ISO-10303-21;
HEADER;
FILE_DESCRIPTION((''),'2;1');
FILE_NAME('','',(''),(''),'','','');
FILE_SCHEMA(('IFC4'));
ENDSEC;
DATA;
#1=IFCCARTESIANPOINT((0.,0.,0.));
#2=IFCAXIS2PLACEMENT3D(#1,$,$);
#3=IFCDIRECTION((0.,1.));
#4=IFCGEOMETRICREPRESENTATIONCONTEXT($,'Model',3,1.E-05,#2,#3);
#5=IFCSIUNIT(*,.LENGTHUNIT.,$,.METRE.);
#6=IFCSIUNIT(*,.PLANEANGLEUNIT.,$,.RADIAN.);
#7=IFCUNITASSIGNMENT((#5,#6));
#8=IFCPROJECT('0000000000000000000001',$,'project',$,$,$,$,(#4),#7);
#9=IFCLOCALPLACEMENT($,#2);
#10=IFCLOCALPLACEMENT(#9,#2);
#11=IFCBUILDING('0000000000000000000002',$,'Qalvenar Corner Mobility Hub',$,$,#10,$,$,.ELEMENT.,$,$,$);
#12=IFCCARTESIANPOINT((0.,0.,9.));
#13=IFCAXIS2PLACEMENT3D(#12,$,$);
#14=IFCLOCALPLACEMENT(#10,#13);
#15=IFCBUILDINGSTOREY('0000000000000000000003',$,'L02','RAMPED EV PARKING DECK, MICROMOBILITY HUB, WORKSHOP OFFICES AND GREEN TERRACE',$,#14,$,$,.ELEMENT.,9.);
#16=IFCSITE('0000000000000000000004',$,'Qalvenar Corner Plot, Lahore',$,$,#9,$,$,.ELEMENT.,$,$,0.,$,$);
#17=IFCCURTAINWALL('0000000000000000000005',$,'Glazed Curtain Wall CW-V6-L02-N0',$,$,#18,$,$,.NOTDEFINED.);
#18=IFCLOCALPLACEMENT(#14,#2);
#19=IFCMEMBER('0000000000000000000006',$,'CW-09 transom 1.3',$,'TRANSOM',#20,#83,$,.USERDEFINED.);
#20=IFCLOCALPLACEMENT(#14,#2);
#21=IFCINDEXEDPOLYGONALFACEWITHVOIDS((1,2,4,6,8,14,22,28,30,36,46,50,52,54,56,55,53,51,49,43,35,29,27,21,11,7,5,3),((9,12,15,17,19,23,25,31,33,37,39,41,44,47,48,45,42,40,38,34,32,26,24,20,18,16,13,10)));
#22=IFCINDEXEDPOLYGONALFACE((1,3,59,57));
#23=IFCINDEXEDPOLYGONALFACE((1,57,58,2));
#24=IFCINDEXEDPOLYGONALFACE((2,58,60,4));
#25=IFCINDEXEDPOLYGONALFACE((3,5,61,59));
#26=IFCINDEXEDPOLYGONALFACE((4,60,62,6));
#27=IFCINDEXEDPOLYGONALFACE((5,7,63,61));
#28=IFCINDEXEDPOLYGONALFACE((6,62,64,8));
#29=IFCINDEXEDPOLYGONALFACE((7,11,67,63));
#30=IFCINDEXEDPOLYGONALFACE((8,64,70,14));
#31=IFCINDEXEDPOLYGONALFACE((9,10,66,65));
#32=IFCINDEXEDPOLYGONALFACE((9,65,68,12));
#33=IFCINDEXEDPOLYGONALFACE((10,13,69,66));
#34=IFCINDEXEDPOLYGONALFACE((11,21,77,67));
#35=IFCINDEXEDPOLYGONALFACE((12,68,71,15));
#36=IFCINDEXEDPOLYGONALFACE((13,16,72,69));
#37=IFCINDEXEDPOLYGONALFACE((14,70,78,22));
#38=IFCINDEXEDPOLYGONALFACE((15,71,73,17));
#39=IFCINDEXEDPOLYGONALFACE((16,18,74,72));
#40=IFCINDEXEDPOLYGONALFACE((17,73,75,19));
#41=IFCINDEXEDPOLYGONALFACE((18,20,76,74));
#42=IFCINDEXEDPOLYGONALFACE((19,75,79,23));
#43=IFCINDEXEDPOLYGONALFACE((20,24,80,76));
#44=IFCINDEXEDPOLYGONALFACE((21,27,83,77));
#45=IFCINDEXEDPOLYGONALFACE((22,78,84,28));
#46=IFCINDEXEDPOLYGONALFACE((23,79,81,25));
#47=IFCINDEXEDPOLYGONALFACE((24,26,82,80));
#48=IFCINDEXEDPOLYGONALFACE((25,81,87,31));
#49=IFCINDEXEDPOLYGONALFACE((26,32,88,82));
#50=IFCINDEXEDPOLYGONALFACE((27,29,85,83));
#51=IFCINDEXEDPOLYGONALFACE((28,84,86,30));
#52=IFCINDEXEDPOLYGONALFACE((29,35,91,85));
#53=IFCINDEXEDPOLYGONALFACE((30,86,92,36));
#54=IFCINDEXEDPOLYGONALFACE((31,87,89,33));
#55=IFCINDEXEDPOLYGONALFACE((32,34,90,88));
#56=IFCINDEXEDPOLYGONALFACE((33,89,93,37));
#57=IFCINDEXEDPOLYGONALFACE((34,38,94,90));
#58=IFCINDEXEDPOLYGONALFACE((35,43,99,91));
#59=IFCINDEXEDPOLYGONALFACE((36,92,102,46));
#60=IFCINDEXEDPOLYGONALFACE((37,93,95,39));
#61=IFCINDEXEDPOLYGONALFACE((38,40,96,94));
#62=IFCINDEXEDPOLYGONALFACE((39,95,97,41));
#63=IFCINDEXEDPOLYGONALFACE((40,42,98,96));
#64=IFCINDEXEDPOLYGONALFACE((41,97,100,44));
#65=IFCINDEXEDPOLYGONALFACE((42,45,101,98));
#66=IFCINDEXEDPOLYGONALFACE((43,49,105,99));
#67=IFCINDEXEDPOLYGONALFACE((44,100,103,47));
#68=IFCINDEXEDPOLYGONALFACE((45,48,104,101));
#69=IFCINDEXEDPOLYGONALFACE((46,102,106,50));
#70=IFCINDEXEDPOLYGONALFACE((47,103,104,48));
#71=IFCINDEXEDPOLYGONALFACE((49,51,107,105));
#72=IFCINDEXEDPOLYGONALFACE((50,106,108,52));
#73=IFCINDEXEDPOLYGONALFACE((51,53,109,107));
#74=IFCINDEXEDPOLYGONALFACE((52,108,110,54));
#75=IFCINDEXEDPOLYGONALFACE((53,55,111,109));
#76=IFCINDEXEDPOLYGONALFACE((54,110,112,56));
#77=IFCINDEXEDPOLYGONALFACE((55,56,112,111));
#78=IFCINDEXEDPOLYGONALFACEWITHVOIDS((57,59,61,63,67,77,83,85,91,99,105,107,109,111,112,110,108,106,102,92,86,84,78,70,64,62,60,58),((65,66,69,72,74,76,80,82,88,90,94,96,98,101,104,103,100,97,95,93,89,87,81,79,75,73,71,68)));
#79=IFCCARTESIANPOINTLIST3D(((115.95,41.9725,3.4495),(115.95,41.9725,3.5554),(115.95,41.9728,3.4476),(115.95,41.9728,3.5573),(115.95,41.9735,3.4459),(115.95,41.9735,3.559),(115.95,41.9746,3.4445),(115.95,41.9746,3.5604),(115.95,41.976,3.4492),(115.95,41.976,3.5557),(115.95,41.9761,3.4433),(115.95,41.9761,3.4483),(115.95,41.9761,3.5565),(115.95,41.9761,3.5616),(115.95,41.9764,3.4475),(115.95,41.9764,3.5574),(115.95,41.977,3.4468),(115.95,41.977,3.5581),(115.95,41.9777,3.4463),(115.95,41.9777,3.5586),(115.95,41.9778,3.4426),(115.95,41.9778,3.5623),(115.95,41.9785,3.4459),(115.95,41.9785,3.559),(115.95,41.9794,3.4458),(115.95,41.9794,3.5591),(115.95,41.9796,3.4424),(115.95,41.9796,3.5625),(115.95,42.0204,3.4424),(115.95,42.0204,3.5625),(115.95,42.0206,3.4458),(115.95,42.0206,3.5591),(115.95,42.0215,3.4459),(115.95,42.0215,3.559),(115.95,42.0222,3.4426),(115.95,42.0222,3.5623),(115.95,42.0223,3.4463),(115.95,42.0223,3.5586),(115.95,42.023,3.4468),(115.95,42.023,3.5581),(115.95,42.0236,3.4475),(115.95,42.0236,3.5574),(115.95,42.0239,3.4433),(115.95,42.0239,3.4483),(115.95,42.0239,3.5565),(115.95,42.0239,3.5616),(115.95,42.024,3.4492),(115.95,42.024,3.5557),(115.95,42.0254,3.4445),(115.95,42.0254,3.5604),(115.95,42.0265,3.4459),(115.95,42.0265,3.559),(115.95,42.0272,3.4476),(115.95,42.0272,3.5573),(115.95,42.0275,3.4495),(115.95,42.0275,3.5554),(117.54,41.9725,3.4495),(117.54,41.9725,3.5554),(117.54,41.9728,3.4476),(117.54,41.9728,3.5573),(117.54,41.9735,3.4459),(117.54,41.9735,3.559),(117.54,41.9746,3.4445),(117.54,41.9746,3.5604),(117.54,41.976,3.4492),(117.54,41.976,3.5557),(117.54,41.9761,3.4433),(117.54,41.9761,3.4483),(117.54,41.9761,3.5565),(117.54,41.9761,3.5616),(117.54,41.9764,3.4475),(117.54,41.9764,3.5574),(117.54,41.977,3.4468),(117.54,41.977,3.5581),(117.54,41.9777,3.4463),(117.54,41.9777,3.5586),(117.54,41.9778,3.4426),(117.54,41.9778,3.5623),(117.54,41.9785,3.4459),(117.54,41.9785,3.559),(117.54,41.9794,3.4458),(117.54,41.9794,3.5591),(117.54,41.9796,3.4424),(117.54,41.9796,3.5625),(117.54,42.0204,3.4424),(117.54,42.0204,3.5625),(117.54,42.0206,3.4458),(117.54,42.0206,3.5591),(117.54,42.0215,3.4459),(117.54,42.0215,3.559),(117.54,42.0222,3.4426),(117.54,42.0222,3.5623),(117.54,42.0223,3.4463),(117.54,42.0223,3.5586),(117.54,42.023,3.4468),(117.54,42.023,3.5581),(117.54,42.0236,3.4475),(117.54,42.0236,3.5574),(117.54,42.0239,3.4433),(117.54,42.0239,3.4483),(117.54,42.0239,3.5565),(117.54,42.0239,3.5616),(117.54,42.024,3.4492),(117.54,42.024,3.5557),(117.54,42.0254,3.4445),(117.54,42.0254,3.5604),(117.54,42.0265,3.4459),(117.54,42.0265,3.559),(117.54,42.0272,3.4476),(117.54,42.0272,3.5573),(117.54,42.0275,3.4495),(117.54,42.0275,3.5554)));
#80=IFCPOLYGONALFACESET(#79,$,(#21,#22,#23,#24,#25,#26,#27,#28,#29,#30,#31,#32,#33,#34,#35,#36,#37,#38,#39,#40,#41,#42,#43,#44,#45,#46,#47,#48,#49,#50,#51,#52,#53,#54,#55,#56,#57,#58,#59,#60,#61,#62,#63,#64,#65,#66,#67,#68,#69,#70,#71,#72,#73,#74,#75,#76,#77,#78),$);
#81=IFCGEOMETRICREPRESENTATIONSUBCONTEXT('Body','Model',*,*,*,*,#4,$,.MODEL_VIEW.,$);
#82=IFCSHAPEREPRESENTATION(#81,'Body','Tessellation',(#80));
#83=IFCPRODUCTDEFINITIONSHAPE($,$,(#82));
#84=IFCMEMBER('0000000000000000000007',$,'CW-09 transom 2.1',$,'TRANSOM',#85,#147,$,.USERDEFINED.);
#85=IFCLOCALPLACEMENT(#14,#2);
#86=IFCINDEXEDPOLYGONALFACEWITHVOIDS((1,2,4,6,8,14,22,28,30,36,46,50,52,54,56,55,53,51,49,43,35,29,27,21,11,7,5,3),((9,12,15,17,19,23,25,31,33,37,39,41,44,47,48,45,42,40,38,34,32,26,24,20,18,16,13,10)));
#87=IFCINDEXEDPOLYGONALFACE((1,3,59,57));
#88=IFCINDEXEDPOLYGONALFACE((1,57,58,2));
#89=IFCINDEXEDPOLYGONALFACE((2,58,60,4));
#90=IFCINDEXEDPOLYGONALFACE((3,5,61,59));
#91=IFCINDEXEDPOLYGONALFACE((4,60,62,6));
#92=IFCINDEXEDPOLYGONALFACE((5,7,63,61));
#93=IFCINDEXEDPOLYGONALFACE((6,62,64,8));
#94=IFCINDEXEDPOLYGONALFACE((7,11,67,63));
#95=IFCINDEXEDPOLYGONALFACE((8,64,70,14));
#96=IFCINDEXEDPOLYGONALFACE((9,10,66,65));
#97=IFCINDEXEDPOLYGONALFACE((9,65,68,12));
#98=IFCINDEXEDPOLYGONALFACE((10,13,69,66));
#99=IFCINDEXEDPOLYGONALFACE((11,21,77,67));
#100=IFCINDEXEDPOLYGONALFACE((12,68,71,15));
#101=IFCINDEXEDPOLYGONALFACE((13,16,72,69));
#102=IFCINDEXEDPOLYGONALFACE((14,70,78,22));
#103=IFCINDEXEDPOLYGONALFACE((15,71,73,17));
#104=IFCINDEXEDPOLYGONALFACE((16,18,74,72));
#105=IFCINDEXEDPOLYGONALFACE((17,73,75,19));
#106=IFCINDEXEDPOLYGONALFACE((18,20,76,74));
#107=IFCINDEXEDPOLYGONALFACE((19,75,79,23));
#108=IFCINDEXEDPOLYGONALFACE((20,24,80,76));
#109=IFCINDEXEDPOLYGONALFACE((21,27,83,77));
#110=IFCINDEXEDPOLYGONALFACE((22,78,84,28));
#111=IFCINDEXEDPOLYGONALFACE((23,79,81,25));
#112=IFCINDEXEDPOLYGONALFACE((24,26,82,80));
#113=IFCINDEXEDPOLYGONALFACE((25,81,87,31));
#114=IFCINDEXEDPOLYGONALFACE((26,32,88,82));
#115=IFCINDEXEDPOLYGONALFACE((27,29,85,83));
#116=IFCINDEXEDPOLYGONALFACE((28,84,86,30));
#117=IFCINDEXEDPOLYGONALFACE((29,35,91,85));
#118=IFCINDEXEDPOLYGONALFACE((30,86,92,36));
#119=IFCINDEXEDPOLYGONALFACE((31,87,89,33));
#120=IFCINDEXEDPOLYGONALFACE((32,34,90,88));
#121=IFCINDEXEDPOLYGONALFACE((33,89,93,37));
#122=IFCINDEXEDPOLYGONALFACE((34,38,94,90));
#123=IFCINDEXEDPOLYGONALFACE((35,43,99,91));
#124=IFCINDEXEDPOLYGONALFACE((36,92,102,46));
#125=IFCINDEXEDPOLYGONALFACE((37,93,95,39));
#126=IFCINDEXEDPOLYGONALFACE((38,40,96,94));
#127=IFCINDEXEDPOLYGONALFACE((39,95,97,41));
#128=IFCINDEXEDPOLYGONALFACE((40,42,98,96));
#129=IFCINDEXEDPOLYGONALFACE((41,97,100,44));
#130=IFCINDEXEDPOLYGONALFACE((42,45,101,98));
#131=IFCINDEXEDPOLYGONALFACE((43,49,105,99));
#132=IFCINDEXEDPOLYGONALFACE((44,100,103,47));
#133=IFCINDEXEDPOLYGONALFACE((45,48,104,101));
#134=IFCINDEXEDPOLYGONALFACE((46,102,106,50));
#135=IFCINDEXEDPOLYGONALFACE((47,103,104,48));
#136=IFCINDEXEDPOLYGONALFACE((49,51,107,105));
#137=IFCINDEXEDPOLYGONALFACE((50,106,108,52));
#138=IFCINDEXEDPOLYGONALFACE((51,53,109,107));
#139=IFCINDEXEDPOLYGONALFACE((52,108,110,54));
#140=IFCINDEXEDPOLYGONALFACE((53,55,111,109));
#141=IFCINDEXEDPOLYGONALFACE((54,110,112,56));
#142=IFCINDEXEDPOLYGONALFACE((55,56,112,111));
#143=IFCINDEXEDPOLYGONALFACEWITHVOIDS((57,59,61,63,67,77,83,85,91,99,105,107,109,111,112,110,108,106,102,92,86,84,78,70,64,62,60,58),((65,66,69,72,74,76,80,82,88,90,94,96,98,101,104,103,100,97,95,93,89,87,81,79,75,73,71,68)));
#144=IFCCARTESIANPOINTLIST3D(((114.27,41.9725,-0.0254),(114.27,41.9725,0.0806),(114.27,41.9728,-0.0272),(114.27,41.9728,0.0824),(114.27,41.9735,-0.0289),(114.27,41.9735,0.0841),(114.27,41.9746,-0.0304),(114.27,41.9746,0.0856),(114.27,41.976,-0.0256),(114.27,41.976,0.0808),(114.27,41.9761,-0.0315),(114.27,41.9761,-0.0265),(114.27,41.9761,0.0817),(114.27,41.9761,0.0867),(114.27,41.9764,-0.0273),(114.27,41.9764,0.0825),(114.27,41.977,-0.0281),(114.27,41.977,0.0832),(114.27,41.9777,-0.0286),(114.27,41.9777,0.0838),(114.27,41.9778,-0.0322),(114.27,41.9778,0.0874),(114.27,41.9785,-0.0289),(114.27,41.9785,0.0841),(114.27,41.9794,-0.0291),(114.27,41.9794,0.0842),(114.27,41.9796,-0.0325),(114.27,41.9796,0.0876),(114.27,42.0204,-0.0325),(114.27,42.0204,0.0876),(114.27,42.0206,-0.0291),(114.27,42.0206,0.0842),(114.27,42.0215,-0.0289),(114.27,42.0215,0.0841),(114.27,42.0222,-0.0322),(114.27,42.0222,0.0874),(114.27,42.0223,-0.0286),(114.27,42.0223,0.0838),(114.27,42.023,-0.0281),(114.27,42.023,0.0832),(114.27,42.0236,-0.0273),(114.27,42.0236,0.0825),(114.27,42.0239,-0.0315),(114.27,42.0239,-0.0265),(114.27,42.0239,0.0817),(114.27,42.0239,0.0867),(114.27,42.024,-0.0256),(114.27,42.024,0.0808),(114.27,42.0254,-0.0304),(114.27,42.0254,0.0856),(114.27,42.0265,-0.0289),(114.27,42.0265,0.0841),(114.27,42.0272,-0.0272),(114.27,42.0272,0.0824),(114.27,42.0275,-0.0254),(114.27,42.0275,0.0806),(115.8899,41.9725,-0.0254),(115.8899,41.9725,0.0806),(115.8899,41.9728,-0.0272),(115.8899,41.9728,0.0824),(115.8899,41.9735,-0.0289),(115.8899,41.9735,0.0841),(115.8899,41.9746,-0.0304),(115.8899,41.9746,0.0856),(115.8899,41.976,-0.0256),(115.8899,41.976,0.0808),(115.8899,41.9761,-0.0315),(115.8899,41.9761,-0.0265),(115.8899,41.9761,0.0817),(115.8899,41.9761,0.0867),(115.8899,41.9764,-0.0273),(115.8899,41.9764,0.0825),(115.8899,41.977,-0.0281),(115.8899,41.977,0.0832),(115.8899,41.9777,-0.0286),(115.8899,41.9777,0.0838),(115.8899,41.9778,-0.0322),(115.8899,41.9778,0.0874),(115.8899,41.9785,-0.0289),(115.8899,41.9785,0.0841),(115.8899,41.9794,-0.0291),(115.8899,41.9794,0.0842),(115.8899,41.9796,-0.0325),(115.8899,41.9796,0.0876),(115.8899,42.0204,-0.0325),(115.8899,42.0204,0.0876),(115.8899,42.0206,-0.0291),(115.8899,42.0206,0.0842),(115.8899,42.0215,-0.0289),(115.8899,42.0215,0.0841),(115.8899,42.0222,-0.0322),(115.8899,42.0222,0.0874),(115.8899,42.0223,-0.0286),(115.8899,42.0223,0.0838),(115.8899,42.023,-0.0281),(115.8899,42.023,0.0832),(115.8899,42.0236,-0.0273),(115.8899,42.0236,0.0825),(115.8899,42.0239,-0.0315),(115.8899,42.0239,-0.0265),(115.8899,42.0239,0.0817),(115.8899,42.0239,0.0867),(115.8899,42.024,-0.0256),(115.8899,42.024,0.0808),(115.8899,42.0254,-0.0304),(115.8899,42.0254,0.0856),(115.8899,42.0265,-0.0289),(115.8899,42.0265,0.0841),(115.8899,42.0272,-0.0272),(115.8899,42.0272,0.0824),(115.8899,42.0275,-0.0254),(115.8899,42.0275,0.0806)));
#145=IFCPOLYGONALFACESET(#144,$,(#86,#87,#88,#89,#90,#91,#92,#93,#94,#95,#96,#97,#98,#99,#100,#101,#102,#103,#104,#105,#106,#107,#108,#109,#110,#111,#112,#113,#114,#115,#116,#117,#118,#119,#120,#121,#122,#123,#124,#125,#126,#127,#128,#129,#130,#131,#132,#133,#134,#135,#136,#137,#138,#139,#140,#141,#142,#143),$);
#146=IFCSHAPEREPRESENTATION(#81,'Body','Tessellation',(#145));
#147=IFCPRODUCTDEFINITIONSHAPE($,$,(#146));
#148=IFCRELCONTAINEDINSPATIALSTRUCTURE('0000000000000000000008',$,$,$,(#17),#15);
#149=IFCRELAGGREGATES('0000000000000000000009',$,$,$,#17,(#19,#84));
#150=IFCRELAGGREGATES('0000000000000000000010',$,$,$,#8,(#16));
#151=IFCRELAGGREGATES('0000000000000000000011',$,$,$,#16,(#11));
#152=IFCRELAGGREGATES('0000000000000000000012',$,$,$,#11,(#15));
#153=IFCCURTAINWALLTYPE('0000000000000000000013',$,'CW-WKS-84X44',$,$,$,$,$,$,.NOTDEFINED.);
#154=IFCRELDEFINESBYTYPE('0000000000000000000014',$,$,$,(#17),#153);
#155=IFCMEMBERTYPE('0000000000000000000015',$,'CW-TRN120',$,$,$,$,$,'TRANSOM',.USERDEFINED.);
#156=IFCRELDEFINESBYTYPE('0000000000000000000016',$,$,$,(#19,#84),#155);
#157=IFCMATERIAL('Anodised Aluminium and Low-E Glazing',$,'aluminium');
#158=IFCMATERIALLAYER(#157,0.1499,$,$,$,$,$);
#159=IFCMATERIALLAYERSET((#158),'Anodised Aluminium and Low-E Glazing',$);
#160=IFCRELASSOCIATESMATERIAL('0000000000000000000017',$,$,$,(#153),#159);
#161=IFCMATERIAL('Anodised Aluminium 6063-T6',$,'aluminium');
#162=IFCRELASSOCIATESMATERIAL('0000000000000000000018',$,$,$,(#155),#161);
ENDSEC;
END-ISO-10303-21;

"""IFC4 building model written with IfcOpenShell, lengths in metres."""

from ifc_helpers import new_model, si_unit, direction, frame, origin, origin_2d, place, context, subcontext, project, spatial, hollow_rectangle, extrude, material, layer, layer_set, material_profile, profile_set, type_object, element, aggregate, save


model = new_model("IFC4")

# Units and contexts
model_context = context("Model", 3, precision=1e-05, world=origin(), true_north=direction((0.0, 1.0)))
body_context = subcontext(model_context, "Body", "Model", "MODEL_VIEW")
ifc_project = project(units=[si_unit("LENGTHUNIT", "METRE"), si_unit("PLANEANGLEUNIT", "RADIAN")], contexts=[model_context])

# Site, building, storey
site_placement = place(None, origin())
site = spatial("IfcSite", under=ifc_project, at=site_placement, Name="Qalvenar Corner Plot, Lahore", CompositionType="ELEMENT", RefElevation=0.0)
building_placement = place(site_placement, origin())
building = spatial("IfcBuilding", under=site, at=building_placement, Name="Qalvenar Corner Mobility Hub", CompositionType="ELEMENT")
storey_placement = place(building_placement, frame((0.0, 0.0, 9.0)))
storey = spatial("IfcBuildingStorey", under=building, at=storey_placement, Name="L02", Description="RAMPED EV PARKING DECK, MICROMOBILITY HUB, WORKSHOP OFFICES AND GREEN TERRACE", CompositionType="ELEMENT", Elevation=9.0)

# Curtain wall
ifc_material_1 = material(Name="Anodised Aluminium and Low-E Glazing", Category="aluminium")
ifc_layer_1 = layer(ifc_material_1, 0.1499)
ifc_layer_set_1 = layer_set([ifc_layer_1], Name="Anodised Aluminium and Low-E Glazing")
curtain_wall_type = type_object("IfcCurtainWallType", Name="CW-WKS-84X44", PredefinedType="NOTDEFINED", material=ifc_layer_set_1)
curtain_wall_1_placement = place(storey_placement, origin())
curtain_wall_1 = element("IfcCurtainWall", 1, at=curtain_wall_1_placement, inside=storey, type_object=curtain_wall_type, Name="Glazed Curtain Wall CW-V6-L02-N0", PredefinedType="NOTDEFINED")
ifc_material_2 = material(Name="Anodised Aluminium 6063-T6", Category="aluminium")

# Members
ifc_material_profile_1 = material_profile(ifc_material_2, hollow_rectangle(XDim=0.0549, YDim=0.1201, WallThickness=0.0034, InnerFilletRadius=0.0034, OuterFilletRadius=0.0071, at=origin_2d()), Name="RHS120x55x3.5")
ifc_profile_set_1 = profile_set([ifc_material_profile_1], Name="Anodised Aluminium 6063-T6")
member_type_1 = type_object("IfcMemberType", Name="CW-TRN120", ElementType="TRANSOM", PredefinedType="USERDEFINED", material=ifc_profile_set_1)
member_1_placement = place(storey_placement, frame((117.54, 42.0, 3.5024), z_axis=(-1.0, 0.0, 0.0), x_axis=(0.0, -1.0, 0.0)))
member_1 = element("IfcMember", 2, at=member_1_placement, type_object=member_type_1, Name="CW-09 transom 1.3", ObjectType="TRANSOM", PredefinedType="USERDEFINED", context=body_context, shape_type="SweptSolid", body=[
    extrude(hollow_rectangle(XDim=0.0549, YDim=0.1201, WallThickness=0.0034, InnerFilletRadius=0.0034, OuterFilletRadius=0.0071, at=origin_2d()), origin(), (0.0, 0.0, 1.0), 1.5901),
])
member_2_placement = place(storey_placement, frame((115.8899, 42.0, 0.0276), z_axis=(-1.0, 0.0, 0.0), x_axis=(0.0, -1.0, 0.0)))
member_2 = element("IfcMember", 3, at=member_2_placement, type_object=member_type_1, Name="CW-09 transom 2.1", ObjectType="TRANSOM", PredefinedType="USERDEFINED", context=body_context, shape_type="SweptSolid", body=[
    extrude(hollow_rectangle(XDim=0.0549, YDim=0.1201, WallThickness=0.0034, InnerFilletRadius=0.0034, OuterFilletRadius=0.0071, at=origin_2d()), origin(), (0.0, 0.0, 1.0), 1.6199),
])

aggregate(curtain_wall_1, [member_1, member_2])

save(model, "model.ifc")
